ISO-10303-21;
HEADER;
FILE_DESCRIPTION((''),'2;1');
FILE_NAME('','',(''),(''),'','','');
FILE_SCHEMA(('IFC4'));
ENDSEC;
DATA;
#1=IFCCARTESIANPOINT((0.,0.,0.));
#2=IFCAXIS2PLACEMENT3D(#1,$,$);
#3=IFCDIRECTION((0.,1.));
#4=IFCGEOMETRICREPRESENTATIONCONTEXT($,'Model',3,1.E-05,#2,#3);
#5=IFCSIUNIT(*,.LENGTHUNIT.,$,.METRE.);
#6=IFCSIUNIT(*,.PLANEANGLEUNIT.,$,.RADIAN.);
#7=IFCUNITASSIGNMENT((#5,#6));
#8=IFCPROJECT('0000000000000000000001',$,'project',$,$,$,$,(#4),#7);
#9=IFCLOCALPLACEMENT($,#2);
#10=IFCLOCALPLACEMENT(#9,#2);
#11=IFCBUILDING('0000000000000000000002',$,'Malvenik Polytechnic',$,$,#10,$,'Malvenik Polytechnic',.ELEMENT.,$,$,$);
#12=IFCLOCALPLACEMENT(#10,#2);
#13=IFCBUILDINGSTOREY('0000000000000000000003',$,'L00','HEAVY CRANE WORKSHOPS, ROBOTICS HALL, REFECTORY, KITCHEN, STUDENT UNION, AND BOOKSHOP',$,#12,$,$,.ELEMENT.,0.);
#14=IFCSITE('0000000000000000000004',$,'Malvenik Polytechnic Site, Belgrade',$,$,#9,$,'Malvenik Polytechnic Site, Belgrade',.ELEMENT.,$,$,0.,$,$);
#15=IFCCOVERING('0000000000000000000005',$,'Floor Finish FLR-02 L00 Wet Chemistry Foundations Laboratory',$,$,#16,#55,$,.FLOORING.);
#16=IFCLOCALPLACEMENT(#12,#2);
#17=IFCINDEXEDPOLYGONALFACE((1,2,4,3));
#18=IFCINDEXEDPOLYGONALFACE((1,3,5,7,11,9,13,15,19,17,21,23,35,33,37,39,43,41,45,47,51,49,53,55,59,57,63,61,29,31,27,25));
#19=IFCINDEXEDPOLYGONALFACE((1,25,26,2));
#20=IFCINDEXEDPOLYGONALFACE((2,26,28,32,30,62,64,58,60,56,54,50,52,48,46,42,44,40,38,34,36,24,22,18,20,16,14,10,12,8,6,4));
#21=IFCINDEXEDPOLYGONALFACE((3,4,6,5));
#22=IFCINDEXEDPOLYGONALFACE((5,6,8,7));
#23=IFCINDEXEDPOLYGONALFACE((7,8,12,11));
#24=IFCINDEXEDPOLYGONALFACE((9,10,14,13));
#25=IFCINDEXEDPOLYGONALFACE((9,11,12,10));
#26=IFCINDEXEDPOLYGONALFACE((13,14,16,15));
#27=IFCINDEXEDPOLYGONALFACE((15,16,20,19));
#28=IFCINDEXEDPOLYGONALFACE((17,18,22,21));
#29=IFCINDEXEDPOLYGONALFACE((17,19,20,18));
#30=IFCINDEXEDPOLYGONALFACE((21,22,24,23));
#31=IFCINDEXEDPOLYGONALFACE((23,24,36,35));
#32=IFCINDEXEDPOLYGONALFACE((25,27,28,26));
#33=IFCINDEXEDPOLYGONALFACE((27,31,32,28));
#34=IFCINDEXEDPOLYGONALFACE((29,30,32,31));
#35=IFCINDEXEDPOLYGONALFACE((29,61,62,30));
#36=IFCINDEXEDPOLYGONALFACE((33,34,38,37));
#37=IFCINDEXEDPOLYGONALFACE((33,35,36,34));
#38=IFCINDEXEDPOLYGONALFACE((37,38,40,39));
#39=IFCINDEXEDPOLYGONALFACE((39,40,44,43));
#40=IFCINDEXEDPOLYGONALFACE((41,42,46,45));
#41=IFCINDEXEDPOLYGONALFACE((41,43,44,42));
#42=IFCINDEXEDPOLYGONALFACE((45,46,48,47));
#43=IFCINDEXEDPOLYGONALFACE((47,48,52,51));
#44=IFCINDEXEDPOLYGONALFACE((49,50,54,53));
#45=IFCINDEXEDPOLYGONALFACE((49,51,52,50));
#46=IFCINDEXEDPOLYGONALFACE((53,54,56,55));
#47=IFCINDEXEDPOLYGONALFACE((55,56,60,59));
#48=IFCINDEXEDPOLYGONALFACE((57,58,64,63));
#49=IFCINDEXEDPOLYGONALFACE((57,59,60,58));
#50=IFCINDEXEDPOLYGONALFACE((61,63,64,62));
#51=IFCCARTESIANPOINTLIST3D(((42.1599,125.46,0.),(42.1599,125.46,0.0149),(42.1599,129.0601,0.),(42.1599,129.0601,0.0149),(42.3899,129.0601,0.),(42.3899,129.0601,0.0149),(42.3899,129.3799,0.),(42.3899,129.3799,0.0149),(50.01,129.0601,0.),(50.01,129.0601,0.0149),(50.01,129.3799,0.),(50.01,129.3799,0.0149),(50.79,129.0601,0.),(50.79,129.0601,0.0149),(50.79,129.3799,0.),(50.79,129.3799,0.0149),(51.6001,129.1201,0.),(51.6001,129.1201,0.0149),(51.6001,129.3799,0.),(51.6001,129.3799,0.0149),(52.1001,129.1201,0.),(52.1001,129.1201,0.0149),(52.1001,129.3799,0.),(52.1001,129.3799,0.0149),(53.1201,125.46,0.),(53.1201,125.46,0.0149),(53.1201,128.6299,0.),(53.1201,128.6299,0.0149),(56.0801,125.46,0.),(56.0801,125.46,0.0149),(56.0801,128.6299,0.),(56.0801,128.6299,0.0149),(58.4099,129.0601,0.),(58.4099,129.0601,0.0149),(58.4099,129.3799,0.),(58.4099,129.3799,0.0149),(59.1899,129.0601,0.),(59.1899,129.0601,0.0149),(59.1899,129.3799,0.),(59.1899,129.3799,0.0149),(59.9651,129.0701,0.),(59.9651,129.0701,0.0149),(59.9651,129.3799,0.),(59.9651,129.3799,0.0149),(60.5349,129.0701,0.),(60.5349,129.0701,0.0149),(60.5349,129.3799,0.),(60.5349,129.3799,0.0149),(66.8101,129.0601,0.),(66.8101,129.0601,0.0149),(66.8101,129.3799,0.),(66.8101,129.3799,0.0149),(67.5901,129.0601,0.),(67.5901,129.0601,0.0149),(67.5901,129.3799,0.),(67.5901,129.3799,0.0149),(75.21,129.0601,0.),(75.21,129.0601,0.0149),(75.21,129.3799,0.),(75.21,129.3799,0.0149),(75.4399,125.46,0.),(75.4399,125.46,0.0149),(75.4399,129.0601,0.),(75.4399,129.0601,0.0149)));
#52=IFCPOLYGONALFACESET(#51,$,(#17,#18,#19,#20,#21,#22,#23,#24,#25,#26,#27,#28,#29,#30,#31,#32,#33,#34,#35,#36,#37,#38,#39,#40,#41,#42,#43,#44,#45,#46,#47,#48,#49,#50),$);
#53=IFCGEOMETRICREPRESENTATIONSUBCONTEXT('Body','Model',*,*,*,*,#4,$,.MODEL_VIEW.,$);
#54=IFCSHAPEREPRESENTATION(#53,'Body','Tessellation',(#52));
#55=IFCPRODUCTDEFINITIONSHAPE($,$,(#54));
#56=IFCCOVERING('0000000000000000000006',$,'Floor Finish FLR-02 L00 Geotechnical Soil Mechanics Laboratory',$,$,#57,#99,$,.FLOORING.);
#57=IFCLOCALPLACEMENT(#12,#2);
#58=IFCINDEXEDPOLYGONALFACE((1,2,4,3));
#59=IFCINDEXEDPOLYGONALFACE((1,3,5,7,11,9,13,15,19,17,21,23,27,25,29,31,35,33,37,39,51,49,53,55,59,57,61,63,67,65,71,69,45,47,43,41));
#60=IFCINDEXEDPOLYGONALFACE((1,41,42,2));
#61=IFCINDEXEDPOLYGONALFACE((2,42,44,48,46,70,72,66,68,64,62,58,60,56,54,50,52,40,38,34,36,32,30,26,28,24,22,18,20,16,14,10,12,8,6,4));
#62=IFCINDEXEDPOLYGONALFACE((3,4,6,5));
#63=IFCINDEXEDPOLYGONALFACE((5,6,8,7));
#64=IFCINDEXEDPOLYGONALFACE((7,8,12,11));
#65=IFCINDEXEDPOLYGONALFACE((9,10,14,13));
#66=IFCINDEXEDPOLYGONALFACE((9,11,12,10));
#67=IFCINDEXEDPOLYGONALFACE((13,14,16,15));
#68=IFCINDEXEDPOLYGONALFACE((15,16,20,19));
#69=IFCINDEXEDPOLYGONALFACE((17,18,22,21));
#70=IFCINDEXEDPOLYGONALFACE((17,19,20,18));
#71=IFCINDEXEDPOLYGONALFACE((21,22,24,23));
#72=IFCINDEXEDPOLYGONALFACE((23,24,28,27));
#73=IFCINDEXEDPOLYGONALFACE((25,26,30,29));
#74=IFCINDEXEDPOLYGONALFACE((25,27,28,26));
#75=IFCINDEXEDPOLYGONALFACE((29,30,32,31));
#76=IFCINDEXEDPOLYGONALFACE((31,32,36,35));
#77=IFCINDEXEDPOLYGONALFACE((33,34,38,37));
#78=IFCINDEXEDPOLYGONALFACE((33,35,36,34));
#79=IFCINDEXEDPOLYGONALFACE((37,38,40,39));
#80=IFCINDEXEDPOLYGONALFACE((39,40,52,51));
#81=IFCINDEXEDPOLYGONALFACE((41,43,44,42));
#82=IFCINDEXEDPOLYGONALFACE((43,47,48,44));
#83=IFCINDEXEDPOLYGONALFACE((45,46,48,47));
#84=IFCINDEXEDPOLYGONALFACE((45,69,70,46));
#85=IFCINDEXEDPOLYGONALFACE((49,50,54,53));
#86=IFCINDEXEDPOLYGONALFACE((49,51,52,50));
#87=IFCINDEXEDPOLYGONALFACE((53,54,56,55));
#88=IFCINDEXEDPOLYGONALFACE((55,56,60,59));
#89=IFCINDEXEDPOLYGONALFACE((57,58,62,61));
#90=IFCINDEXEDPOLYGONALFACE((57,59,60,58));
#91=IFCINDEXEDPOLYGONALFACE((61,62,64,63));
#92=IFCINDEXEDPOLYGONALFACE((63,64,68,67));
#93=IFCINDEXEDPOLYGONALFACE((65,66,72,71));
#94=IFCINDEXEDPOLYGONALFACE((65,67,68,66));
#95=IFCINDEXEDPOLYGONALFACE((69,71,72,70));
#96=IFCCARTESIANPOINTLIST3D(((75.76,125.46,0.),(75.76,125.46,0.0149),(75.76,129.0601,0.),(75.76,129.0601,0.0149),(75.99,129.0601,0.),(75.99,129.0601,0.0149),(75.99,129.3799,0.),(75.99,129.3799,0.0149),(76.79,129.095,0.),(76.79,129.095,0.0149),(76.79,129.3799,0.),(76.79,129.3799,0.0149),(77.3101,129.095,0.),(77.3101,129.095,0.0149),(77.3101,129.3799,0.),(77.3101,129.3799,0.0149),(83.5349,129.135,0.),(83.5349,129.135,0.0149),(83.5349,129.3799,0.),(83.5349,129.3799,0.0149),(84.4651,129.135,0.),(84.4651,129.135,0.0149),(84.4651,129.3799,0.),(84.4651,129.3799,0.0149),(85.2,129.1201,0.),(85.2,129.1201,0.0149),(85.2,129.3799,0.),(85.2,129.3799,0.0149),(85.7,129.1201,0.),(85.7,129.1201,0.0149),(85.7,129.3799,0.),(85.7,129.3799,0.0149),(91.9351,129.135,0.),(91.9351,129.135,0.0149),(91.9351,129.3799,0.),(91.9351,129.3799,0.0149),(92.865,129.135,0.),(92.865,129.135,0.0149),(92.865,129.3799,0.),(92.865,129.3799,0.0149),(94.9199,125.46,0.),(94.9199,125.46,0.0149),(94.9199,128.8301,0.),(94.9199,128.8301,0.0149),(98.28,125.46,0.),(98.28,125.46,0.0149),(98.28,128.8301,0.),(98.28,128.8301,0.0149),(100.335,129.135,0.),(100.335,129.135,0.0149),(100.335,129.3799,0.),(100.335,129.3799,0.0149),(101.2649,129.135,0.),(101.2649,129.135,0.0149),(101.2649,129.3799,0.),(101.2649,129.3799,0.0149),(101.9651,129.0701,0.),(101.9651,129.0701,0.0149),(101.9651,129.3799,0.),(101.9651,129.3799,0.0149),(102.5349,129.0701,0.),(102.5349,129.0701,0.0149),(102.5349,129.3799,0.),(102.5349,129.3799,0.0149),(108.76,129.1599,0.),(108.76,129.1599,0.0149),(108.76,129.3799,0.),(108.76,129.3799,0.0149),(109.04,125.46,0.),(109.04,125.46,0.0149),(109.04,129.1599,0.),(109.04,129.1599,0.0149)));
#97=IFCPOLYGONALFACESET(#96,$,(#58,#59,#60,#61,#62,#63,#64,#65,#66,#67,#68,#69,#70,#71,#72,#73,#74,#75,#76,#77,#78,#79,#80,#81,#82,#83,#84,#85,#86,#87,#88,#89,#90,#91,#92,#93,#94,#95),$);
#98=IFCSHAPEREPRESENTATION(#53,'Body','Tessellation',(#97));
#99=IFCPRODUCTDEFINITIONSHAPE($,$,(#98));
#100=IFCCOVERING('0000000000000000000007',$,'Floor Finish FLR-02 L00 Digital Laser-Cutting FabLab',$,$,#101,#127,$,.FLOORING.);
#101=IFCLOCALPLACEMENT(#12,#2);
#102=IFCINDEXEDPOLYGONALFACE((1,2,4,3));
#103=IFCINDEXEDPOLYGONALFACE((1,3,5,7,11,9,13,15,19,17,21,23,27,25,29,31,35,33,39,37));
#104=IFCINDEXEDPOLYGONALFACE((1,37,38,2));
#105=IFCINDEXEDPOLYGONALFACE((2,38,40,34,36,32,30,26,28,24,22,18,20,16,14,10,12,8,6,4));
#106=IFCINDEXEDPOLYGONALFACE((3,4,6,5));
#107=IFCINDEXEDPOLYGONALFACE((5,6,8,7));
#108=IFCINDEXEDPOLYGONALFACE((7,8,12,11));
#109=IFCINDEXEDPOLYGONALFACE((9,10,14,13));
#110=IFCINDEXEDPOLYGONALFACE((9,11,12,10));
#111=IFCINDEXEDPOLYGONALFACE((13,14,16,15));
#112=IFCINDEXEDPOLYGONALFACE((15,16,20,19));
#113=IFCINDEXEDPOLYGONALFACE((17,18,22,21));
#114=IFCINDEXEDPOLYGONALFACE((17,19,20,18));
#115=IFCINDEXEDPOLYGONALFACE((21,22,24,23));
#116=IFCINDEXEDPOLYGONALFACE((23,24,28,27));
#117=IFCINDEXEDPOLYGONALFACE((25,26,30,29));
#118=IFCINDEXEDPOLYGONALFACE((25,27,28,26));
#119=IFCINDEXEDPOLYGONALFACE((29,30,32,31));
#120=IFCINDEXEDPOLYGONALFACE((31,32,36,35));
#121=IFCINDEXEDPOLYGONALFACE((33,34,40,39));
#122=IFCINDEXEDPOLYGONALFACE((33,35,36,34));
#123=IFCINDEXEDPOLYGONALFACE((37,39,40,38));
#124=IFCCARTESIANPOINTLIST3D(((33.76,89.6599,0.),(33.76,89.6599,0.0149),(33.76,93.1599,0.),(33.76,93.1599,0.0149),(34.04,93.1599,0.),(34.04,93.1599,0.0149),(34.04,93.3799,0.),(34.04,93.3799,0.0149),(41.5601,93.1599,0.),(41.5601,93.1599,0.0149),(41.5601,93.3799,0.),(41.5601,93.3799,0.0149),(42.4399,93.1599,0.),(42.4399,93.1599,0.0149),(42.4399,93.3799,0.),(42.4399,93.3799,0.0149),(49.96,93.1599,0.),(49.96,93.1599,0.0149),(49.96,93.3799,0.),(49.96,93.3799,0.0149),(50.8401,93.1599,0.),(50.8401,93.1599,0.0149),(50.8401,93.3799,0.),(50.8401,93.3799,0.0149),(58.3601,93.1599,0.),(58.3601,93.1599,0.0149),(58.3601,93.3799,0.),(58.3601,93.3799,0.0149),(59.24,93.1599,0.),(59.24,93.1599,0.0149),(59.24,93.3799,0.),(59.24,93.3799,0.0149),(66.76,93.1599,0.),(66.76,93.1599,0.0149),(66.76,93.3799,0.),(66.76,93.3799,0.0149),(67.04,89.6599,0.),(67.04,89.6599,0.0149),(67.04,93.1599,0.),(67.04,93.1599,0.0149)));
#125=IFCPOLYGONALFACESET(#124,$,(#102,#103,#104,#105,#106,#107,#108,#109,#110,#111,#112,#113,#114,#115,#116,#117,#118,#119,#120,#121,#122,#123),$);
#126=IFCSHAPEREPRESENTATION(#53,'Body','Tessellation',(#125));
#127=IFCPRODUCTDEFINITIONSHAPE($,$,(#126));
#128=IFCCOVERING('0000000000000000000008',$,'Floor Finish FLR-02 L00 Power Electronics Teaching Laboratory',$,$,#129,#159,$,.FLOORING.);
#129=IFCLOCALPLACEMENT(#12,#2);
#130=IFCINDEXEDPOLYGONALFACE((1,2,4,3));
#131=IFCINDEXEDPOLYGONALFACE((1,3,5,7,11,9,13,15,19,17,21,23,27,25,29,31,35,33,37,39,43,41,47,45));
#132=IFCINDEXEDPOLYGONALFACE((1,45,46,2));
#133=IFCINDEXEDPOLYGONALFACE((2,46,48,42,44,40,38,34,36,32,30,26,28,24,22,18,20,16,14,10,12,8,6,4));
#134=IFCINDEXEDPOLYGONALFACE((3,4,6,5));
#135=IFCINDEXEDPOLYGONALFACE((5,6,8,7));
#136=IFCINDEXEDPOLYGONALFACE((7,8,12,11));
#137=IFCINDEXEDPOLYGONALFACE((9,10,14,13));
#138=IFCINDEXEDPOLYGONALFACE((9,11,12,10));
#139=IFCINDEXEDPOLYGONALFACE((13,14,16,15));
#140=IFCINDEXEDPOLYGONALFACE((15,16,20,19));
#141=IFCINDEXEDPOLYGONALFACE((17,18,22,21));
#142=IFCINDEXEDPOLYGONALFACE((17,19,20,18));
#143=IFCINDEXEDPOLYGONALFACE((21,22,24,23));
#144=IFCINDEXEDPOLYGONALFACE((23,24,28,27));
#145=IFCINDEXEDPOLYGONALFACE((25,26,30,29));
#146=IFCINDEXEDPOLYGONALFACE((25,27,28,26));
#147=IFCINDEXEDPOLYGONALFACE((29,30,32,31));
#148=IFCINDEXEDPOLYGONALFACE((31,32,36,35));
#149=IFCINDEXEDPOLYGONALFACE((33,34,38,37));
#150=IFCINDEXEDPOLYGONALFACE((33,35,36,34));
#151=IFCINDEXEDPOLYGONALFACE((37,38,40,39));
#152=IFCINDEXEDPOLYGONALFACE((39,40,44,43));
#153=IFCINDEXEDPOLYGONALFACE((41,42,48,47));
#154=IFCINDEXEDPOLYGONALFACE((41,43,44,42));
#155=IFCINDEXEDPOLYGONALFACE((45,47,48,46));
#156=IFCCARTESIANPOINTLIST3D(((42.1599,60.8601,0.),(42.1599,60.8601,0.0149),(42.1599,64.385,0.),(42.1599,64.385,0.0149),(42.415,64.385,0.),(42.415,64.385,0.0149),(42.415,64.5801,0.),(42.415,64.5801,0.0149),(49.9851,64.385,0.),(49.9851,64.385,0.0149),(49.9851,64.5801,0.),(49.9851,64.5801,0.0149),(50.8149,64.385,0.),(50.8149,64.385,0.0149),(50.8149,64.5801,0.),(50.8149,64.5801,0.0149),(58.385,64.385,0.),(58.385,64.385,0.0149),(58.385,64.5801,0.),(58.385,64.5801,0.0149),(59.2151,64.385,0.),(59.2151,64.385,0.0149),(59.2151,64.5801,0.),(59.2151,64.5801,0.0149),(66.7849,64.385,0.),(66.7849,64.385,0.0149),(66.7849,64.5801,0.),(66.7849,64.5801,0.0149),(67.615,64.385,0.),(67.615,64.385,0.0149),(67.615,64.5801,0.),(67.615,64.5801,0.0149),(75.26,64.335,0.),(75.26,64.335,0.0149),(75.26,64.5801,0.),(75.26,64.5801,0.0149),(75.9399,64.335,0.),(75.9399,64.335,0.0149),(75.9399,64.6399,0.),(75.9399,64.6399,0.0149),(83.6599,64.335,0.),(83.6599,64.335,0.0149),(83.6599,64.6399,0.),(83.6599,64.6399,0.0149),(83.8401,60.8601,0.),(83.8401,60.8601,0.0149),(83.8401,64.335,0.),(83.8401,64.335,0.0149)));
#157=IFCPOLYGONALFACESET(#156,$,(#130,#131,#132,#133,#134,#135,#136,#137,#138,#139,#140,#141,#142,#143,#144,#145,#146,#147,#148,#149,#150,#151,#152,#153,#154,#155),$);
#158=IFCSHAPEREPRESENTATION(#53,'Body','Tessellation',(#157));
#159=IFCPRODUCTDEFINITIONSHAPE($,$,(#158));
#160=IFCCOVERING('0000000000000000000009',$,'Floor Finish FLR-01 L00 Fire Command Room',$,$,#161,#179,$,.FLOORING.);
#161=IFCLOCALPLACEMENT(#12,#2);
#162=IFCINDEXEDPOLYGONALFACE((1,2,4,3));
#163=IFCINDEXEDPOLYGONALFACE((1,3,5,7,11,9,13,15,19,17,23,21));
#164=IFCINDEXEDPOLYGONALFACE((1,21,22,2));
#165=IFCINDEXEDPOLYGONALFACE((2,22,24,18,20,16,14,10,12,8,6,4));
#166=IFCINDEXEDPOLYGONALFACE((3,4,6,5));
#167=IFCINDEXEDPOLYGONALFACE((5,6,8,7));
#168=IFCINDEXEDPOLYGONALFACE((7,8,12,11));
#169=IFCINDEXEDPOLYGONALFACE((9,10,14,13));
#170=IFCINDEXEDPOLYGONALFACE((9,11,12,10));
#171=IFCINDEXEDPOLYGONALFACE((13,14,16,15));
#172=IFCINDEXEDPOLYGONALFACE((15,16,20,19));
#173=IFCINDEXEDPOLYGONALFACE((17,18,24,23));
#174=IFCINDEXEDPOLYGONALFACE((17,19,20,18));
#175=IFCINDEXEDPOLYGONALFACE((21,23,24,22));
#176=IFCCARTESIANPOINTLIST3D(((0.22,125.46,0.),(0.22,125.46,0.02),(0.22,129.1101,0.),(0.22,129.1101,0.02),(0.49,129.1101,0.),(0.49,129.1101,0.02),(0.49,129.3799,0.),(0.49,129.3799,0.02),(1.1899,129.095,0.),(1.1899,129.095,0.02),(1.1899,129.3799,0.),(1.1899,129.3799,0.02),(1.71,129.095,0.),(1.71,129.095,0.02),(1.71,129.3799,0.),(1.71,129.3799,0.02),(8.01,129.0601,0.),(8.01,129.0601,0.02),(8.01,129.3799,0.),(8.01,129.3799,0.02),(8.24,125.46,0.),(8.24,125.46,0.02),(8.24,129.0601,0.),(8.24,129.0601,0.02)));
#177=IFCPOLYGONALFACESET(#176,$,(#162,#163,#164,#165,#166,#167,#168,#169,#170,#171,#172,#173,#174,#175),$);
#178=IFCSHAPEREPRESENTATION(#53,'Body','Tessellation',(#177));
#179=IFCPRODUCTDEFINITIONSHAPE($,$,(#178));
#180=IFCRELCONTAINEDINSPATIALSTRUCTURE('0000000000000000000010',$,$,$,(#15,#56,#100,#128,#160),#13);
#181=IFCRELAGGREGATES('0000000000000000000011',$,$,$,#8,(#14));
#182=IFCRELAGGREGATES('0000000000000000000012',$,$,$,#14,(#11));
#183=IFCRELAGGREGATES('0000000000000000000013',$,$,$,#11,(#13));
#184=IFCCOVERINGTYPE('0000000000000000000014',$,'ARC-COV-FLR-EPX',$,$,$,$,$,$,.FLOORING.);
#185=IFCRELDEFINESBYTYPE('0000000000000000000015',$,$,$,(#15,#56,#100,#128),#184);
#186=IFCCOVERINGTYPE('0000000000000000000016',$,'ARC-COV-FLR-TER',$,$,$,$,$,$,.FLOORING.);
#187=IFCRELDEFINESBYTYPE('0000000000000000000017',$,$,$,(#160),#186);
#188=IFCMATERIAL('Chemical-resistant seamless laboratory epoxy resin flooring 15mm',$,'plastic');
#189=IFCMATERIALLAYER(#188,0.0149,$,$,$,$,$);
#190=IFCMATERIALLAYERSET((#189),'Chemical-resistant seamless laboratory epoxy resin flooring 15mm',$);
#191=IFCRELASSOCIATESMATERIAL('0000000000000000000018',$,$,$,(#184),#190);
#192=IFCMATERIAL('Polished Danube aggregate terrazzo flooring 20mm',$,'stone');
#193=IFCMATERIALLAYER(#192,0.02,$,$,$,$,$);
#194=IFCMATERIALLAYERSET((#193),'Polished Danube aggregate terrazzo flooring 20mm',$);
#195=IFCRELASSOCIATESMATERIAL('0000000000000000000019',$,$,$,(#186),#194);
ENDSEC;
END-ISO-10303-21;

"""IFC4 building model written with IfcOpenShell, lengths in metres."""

from ifc_helpers import new_model, si_unit, direction, origin, place, context, subcontext, project, spatial, polyline, outline, extrude, material, layer, layer_set, type_object, element, save


model = new_model("IFC4")

# Units and contexts
model_context = context("Model", 3, precision=1e-05, world=origin(), true_north=direction((0.0, 1.0)))
body_context = subcontext(model_context, "Body", "Model", "MODEL_VIEW")
ifc_project = project(units=[si_unit("LENGTHUNIT", "METRE"), si_unit("PLANEANGLEUNIT", "RADIAN")], contexts=[model_context])

# Site, building, storey
site_placement = place(None, origin())
site = spatial("IfcSite", under=ifc_project, at=site_placement, Name="Malvenik Polytechnic Site, Belgrade", LongName="Malvenik Polytechnic Site, Belgrade", CompositionType="ELEMENT", RefElevation=0.0)
building_placement = place(site_placement, origin())
building = spatial("IfcBuilding", under=site, at=building_placement, Name="Malvenik Polytechnic", LongName="Malvenik Polytechnic", CompositionType="ELEMENT")
storey_placement = place(building_placement, origin())
storey = spatial("IfcBuildingStorey", under=building, at=storey_placement, Name="L00", Description="HEAVY CRANE WORKSHOPS, ROBOTICS HALL, REFECTORY, KITCHEN, STUDENT UNION, AND BOOKSHOP", CompositionType="ELEMENT", Elevation=0.0)

# Coverings
ifc_material_1 = material(Name="Chemical-resistant seamless laboratory epoxy resin flooring 15mm", Category="plastic")
ifc_layer_1 = layer(ifc_material_1, 0.0149)
ifc_layer_set_1 = layer_set([ifc_layer_1], Name="Chemical-resistant seamless laboratory epoxy resin flooring 15mm")
covering_type_1 = type_object("IfcCoveringType", Name="ARC-COV-FLR-EPX", PredefinedType="FLOORING", material=ifc_layer_set_1)
covering_1_placement = place(storey_placement, origin())
element("IfcCovering", 1, at=covering_1_placement, inside=storey, type_object=covering_type_1, Name="Floor Finish FLR-02 L00 Wet Chemistry Foundations Laboratory", PredefinedType="FLOORING", context=body_context, shape_type="SweptSolid", body=[
    extrude(outline(polyline([(50.01, 129.0601), (50.79, 129.0601), (50.79, 129.3799), (51.6001, 129.3799), (51.6001, 129.1201), (52.1001, 129.1201), (52.1001, 129.3799), (58.4099, 129.3799), (58.4099, 129.0601), (59.1899, 129.0601), (59.1899, 129.3799), (59.9651, 129.3799), (59.9651, 129.0701), (60.5349, 129.0701), (60.5349, 129.3799), (66.8101, 129.3799), (66.8101, 129.0601), (67.5901, 129.0601), (67.5901, 129.3799), (75.21, 129.3799), (75.21, 129.0601), (75.4399, 129.0601), (75.4399, 125.46), (56.0801, 125.46), (56.0801, 128.6299), (53.1201, 128.6299), (53.1201, 125.46), (42.1599, 125.46), (42.1599, 129.0601), (42.3899, 129.0601), (42.3899, 129.3799), (50.01, 129.3799), (50.01, 129.0601)])), origin(), (0.0, 0.0, 1.0), 0.0149),
])
covering_2_placement = place(storey_placement, origin())
element("IfcCovering", 2, at=covering_2_placement, inside=storey, type_object=covering_type_1, Name="Floor Finish FLR-02 L00 Geotechnical Soil Mechanics Laboratory", PredefinedType="FLOORING", context=body_context, shape_type="SweptSolid", body=[
    extrude(outline(polyline([(76.79, 129.095), (77.3101, 129.095), (77.3101, 129.3799), (83.5349, 129.3799), (83.5349, 129.135), (84.4651, 129.135), (84.4651, 129.3799), (85.2, 129.3799), (85.2, 129.1201), (85.7, 129.1201), (85.7, 129.3799), (91.9351, 129.3799), (91.9351, 129.135), (92.865, 129.135), (92.865, 129.3799), (100.335, 129.3799), (100.335, 129.135), (101.2649, 129.135), (101.2649, 129.3799), (101.9651, 129.3799), (101.9651, 129.0701), (102.5349, 129.0701), (102.5349, 129.3799), (108.76, 129.3799), (108.76, 129.1599), (109.04, 129.1599), (109.04, 125.46), (98.28, 125.46), (98.28, 128.8301), (94.9199, 128.8301), (94.9199, 125.46), (75.76, 125.46), (75.76, 129.0601), (75.99, 129.0601), (75.99, 129.3799), (76.79, 129.3799), (76.79, 129.095)])), origin(), (0.0, 0.0, 1.0), 0.0149),
])
covering_3_placement = place(storey_placement, origin())
element("IfcCovering", 3, at=covering_3_placement, inside=storey, type_object=covering_type_1, Name="Floor Finish FLR-02 L00 Digital Laser-Cutting FabLab", PredefinedType="FLOORING", context=body_context, shape_type="SweptSolid", body=[
    extrude(outline(polyline([(41.5601, 93.1599), (42.4399, 93.1599), (42.4399, 93.3799), (49.96, 93.3799), (49.96, 93.1599), (50.8401, 93.1599), (50.8401, 93.3799), (58.3601, 93.3799), (58.3601, 93.1599), (59.24, 93.1599), (59.24, 93.3799), (66.76, 93.3799), (66.76, 93.1599), (67.04, 93.1599), (67.04, 89.6599), (33.76, 89.6599), (33.76, 93.1599), (34.04, 93.1599), (34.04, 93.3799), (41.5601, 93.3799), (41.5601, 93.1599)])), origin(), (0.0, 0.0, 1.0), 0.0149),
])
covering_4_placement = place(storey_placement, origin())
element("IfcCovering", 4, at=covering_4_placement, inside=storey, type_object=covering_type_1, Name="Floor Finish FLR-02 L00 Power Electronics Teaching Laboratory", PredefinedType="FLOORING", context=body_context, shape_type="SweptSolid", body=[
    extrude(outline(polyline([(49.9851, 64.385), (50.8149, 64.385), (50.8149, 64.5801), (58.385, 64.5801), (58.385, 64.385), (59.2151, 64.385), (59.2151, 64.5801), (66.7849, 64.5801), (66.7849, 64.385), (67.615, 64.385), (67.615, 64.5801), (75.26, 64.5801), (75.26, 64.335), (75.9399, 64.335), (75.9399, 64.6399), (83.6599, 64.6399), (83.6599, 64.335), (83.8401, 64.335), (83.8401, 60.8601), (42.1599, 60.8601), (42.1599, 64.385), (42.415, 64.385), (42.415, 64.5801), (49.9851, 64.5801), (49.9851, 64.385)])), origin(), (0.0, 0.0, 1.0), 0.0149),
])
ifc_material_2 = material(Name="Polished Danube aggregate terrazzo flooring 20mm", Category="stone")
ifc_layer_2 = layer(ifc_material_2, 0.02)
ifc_layer_set_2 = layer_set([ifc_layer_2], Name="Polished Danube aggregate terrazzo flooring 20mm")
covering_type_2 = type_object("IfcCoveringType", Name="ARC-COV-FLR-TER", PredefinedType="FLOORING", material=ifc_layer_set_2)
covering_5_placement = place(storey_placement, origin())
element("IfcCovering", 5, at=covering_5_placement, inside=storey, type_object=covering_type_2, Name="Floor Finish FLR-01 L00 Fire Command Room", PredefinedType="FLOORING", context=body_context, shape_type="SweptSolid", body=[
    extrude(outline(polyline([(0.22, 129.1101), (0.49, 129.1101), (0.49, 129.3799), (1.1899, 129.3799), (1.1899, 129.095), (1.71, 129.095), (1.71, 129.3799), (8.01, 129.3799), (8.01, 129.0601), (8.24, 129.0601), (8.24, 125.46), (0.22, 125.46), (0.22, 129.1101)])), origin(), (0.0, 0.0, 1.0), 0.02),
])

save(model, "model.ifc")
